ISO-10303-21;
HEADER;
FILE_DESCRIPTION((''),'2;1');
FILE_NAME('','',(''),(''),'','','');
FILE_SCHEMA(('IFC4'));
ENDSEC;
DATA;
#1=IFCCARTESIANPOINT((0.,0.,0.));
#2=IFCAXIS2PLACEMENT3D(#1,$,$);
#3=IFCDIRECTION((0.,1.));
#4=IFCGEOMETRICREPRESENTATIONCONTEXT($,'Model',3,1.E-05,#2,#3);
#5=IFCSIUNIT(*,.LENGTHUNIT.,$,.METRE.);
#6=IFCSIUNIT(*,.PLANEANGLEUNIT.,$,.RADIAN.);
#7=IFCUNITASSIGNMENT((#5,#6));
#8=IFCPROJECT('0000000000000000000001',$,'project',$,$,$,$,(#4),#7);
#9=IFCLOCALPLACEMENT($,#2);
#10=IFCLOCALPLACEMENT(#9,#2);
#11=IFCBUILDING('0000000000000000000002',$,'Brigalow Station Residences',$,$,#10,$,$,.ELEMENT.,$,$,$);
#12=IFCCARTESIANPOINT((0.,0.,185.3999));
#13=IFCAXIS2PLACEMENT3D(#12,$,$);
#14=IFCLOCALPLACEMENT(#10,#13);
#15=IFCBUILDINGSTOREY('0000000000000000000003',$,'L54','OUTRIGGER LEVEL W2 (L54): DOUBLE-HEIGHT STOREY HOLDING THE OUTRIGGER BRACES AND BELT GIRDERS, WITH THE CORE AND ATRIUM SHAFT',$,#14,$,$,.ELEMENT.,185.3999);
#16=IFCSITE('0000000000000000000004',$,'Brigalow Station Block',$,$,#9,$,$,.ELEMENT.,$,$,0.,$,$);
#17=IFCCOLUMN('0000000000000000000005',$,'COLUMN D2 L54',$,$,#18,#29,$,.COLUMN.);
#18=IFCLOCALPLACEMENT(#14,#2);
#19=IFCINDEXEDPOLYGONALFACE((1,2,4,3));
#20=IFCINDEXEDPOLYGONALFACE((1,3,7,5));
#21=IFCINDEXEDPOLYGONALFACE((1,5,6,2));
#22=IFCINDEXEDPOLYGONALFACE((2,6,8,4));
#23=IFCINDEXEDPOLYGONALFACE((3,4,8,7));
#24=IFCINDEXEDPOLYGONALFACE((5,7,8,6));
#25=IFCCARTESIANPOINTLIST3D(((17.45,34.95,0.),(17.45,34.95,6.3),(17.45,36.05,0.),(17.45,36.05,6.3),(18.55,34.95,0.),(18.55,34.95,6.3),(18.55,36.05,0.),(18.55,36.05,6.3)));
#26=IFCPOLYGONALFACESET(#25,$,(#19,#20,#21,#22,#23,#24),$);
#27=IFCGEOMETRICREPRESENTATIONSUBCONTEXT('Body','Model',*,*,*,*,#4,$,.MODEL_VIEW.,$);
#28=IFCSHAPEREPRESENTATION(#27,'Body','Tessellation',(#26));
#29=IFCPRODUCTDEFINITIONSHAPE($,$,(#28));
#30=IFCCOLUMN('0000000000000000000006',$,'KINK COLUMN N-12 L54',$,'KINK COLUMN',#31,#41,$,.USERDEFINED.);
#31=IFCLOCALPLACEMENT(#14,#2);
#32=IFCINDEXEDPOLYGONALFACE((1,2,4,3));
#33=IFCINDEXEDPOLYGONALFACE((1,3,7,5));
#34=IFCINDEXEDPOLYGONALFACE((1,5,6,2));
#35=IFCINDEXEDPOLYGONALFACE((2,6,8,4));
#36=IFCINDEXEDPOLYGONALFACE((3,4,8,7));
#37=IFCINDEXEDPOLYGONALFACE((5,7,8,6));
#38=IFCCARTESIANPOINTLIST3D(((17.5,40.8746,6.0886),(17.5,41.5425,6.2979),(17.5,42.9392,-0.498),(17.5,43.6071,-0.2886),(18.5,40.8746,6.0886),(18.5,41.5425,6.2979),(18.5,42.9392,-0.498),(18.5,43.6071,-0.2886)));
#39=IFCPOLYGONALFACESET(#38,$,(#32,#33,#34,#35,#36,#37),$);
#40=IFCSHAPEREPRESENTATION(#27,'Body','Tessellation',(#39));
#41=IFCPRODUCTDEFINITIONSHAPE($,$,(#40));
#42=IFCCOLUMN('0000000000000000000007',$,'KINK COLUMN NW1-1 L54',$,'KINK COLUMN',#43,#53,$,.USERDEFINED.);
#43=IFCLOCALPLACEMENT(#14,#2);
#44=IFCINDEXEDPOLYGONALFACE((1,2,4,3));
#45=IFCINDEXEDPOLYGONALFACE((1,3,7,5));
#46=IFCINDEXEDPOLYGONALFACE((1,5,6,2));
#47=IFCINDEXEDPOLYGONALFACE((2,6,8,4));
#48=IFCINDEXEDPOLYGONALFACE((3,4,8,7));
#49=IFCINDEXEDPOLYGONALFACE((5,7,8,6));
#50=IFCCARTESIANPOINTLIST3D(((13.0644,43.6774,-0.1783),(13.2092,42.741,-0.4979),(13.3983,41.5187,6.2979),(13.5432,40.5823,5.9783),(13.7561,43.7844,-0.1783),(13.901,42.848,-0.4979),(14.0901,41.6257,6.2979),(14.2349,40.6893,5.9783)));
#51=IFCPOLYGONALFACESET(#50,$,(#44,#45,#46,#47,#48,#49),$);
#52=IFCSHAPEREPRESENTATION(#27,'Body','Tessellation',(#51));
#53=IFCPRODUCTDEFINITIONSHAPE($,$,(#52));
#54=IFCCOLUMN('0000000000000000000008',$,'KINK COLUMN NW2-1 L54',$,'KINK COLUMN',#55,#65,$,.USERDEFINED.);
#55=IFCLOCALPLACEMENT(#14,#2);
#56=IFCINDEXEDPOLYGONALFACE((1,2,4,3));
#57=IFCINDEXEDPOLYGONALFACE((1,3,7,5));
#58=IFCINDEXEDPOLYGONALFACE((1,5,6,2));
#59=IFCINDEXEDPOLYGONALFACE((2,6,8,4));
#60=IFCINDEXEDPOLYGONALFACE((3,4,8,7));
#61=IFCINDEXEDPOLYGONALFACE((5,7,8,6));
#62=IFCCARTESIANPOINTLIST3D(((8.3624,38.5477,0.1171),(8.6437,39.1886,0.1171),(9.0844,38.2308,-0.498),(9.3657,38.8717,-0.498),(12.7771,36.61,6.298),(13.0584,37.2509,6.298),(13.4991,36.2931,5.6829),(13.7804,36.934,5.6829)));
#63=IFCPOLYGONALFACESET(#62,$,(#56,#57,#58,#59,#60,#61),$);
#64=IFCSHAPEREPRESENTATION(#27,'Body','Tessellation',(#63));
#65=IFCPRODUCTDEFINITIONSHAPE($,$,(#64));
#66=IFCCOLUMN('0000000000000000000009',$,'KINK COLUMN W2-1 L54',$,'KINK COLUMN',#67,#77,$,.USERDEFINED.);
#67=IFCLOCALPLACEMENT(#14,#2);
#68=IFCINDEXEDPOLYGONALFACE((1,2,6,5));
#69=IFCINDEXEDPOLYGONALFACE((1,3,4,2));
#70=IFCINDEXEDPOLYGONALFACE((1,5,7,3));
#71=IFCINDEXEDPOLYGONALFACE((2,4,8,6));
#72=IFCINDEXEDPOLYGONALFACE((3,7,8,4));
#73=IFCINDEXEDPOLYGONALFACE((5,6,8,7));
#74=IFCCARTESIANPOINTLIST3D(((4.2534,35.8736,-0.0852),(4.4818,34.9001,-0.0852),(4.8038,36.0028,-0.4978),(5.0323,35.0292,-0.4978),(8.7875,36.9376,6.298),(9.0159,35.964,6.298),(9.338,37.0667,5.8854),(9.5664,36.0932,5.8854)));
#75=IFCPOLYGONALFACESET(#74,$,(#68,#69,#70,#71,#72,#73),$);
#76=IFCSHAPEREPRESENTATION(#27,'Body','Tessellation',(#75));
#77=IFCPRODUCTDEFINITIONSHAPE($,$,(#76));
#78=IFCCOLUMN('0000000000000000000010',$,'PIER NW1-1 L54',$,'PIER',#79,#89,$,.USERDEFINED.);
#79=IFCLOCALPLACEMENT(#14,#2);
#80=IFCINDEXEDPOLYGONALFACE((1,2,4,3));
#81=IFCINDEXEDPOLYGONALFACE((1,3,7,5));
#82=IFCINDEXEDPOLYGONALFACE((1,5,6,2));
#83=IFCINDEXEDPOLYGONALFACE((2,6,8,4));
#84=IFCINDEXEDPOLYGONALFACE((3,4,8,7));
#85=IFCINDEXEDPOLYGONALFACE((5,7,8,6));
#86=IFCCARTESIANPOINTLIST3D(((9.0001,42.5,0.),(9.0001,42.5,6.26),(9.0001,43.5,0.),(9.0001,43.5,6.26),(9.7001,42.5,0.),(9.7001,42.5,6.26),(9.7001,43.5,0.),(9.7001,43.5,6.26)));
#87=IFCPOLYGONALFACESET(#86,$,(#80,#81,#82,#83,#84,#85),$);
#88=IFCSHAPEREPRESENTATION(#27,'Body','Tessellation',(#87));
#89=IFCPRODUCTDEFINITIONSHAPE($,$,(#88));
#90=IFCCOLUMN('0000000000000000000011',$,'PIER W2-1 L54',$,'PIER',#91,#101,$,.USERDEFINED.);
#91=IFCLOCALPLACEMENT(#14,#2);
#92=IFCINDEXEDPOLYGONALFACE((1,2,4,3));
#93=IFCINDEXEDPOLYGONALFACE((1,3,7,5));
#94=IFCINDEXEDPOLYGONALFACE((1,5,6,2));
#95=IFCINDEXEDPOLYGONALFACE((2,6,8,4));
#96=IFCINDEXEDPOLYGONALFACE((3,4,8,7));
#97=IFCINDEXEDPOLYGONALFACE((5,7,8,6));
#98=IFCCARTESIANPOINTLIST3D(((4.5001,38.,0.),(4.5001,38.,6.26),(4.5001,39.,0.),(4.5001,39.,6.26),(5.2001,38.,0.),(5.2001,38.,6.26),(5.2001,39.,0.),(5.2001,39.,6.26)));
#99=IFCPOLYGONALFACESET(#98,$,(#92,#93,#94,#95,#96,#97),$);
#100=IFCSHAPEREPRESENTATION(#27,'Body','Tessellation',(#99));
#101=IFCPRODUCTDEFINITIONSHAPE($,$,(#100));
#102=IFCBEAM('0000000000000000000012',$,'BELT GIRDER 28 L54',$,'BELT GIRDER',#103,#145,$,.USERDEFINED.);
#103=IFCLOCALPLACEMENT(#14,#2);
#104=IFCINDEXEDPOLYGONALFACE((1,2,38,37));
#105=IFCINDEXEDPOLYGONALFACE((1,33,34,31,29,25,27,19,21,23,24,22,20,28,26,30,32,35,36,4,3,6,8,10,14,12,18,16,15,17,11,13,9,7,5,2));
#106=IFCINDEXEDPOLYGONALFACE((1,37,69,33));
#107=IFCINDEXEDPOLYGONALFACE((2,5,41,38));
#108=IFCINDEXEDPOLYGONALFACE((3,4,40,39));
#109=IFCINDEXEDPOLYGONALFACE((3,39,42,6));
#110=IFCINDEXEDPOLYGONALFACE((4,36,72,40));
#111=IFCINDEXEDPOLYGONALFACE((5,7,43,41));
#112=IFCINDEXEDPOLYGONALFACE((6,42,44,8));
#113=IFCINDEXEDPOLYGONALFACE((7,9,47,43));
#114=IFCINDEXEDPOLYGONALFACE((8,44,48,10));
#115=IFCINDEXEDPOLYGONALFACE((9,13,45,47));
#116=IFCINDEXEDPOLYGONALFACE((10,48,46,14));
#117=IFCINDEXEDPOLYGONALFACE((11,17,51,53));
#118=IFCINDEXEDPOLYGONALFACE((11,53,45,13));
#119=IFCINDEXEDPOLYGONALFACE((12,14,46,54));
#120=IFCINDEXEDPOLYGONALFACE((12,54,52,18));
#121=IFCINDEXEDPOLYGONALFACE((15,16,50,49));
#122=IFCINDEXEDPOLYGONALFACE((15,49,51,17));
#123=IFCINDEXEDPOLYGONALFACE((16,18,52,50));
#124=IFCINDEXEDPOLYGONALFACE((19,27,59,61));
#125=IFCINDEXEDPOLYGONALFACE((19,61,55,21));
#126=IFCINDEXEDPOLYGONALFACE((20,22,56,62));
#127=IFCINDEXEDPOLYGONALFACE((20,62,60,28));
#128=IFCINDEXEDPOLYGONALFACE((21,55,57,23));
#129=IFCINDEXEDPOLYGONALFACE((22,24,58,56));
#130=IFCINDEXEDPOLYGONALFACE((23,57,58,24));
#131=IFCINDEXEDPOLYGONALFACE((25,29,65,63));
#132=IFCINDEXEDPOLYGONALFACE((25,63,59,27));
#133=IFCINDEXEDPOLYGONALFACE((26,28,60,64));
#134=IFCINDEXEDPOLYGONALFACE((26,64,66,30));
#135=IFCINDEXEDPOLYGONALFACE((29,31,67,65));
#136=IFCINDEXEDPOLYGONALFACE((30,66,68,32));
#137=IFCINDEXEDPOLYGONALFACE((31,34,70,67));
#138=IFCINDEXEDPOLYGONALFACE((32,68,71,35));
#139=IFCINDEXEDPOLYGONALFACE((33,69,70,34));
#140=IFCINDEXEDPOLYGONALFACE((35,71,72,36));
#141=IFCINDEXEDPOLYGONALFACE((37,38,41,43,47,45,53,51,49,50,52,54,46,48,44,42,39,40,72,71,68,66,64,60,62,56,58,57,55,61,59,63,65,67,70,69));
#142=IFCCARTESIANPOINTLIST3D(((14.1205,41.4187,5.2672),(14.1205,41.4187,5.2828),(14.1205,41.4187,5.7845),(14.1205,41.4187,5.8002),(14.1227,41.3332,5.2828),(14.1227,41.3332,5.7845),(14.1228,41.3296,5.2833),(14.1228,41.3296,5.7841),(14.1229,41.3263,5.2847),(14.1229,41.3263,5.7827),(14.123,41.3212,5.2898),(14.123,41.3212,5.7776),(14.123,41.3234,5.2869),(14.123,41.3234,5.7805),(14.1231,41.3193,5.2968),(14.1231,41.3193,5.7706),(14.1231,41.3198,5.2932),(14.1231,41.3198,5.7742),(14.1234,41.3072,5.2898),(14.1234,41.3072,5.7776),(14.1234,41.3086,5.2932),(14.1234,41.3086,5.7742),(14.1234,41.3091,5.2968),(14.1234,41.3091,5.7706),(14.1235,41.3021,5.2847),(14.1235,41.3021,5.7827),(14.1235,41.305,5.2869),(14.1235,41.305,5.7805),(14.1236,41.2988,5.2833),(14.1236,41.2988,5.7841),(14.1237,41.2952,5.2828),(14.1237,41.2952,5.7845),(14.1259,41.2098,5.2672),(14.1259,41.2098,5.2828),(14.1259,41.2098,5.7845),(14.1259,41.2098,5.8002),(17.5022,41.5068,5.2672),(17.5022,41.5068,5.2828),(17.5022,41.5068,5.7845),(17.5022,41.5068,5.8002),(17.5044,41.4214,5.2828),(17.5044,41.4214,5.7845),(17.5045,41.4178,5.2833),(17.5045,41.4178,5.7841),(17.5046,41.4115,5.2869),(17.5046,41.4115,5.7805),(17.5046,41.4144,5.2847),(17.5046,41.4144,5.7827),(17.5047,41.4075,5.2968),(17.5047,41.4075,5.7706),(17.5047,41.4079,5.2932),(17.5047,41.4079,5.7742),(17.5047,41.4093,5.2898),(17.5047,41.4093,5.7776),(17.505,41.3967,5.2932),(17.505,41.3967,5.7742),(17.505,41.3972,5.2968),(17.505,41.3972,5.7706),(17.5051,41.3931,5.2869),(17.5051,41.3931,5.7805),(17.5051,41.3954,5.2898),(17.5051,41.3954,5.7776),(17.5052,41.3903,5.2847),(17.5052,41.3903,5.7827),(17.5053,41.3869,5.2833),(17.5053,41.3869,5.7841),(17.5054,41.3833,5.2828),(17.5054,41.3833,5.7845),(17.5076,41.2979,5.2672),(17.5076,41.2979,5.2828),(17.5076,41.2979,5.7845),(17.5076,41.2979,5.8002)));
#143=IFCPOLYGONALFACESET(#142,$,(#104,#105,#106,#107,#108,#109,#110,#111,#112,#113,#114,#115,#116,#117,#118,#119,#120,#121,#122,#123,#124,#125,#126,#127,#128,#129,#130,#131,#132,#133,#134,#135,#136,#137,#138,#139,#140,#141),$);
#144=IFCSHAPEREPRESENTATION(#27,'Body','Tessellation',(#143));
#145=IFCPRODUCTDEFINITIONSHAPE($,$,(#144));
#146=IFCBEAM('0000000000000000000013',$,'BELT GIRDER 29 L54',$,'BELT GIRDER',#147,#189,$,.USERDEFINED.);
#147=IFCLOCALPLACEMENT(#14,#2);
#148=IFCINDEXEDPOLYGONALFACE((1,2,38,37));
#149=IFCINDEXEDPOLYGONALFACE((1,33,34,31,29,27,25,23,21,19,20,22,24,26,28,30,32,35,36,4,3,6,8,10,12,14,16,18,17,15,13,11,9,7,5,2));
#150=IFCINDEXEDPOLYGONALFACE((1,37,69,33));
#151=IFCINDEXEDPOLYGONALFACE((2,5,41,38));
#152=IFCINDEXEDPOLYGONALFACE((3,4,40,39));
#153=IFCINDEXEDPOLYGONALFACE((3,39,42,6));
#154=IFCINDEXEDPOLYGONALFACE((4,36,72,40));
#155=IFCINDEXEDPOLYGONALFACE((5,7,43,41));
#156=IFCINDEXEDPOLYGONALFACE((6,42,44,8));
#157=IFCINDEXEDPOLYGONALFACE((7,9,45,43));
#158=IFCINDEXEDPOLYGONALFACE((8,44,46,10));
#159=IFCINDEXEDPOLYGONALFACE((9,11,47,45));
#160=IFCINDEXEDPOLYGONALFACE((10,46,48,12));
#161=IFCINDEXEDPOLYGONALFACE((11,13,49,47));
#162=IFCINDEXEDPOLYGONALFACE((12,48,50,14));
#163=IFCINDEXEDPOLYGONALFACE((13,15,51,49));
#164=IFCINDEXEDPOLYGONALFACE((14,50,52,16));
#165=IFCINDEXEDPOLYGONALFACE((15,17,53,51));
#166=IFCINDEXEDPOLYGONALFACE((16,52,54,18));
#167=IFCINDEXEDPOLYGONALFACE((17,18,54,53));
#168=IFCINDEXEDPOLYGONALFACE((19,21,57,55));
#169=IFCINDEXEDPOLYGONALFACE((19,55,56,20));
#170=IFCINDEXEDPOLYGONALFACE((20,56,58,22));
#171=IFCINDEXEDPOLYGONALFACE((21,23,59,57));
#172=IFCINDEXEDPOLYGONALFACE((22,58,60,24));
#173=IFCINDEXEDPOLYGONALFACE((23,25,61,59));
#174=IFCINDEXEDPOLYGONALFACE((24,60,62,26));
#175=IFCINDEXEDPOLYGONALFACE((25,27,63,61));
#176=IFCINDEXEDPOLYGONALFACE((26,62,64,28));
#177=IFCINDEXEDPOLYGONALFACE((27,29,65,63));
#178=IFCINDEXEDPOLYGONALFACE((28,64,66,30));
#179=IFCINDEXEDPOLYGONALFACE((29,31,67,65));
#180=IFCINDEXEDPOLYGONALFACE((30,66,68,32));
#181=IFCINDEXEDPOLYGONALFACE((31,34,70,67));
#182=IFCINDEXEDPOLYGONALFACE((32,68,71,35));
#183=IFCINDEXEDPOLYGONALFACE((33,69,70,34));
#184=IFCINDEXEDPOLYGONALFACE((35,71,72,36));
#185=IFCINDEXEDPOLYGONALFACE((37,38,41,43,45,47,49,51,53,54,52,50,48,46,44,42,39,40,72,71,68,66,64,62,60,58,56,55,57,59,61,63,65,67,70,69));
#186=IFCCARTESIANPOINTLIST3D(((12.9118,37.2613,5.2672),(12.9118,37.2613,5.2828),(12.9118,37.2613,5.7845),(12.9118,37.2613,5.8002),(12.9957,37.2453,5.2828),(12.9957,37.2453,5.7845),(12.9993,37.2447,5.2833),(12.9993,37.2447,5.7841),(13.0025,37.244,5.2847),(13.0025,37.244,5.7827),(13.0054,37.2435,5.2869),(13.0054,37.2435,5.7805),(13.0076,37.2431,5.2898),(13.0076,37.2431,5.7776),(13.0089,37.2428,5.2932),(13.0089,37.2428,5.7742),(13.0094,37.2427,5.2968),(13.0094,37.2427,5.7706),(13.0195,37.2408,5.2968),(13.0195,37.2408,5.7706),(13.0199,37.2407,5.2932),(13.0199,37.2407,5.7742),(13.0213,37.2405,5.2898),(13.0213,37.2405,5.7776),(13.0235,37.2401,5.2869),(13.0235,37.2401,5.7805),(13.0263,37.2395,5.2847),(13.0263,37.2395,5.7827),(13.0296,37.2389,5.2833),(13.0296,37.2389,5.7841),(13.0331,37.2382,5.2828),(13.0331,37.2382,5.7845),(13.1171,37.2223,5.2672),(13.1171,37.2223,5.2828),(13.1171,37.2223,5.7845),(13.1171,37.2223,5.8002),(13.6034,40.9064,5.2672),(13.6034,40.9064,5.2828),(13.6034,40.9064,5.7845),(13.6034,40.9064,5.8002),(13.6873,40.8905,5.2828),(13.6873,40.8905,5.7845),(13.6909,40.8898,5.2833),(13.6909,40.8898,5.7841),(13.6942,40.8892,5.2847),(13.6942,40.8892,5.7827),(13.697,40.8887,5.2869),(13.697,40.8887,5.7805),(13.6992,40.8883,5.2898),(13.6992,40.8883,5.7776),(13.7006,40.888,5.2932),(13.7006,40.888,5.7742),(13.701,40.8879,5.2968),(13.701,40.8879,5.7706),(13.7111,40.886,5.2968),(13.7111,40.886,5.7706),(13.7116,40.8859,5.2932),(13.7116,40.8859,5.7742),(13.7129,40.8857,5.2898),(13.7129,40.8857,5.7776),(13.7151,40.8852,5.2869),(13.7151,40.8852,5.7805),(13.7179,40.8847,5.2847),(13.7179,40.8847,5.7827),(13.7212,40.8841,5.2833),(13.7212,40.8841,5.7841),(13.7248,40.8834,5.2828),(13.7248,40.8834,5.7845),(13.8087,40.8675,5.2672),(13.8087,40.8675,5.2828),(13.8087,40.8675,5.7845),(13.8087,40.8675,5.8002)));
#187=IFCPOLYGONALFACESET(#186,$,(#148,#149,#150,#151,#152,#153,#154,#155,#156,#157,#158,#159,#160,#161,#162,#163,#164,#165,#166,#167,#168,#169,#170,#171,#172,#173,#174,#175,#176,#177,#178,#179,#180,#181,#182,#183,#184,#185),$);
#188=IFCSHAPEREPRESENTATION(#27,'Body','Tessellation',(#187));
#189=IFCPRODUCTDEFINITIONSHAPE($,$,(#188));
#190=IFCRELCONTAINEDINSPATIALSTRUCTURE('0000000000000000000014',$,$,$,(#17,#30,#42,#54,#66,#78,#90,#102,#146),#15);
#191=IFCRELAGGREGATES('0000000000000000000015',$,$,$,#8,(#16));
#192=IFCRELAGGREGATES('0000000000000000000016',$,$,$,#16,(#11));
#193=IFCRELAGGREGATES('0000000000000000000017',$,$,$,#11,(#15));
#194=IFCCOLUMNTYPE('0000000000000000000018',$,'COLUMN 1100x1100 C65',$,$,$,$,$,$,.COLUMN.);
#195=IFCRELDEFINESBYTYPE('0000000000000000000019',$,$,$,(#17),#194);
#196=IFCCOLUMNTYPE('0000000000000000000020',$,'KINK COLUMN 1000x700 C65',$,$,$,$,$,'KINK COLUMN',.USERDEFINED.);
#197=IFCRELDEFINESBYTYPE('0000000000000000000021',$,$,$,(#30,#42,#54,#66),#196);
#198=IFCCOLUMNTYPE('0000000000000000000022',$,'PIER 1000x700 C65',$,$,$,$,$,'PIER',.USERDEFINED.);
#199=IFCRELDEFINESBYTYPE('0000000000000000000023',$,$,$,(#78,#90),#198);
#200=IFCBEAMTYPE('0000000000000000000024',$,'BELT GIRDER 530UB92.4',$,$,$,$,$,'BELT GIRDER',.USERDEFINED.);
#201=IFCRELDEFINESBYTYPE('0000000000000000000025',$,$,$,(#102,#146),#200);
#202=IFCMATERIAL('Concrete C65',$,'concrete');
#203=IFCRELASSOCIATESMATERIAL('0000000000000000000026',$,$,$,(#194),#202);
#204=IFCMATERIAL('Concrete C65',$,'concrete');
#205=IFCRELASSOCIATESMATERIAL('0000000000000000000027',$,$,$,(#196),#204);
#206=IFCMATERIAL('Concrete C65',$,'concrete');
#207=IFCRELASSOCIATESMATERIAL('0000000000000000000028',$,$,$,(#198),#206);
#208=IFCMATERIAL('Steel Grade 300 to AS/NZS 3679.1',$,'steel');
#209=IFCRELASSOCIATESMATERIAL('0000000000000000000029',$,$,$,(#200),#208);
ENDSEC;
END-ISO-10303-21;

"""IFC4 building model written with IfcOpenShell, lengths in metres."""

from ifc_helpers import new_model, si_unit, direction, frame, origin, origin_2d, place, context, subcontext, project, spatial, rectangle, i_section, extrude, material, material_profile, profile_set, type_object, element, save


model = new_model("IFC4")

# Units and contexts
model_context = context("Model", 3, precision=1e-05, world=origin(), true_north=direction((0.0, 1.0)))
body_context = subcontext(model_context, "Body", "Model", "MODEL_VIEW")
ifc_project = project(units=[si_unit("LENGTHUNIT", "METRE"), si_unit("PLANEANGLEUNIT", "RADIAN")], contexts=[model_context])

# Site, building, storey
site_placement = place(None, origin())
site = spatial("IfcSite", under=ifc_project, at=site_placement, Name="Brigalow Station Block", CompositionType="ELEMENT", RefElevation=0.0)
building_placement = place(site_placement, origin())
building = spatial("IfcBuilding", under=site, at=building_placement, Name="Brigalow Station Residences", CompositionType="ELEMENT")
storey_placement = place(building_placement, frame((0.0, 0.0, 185.3999)))
storey = spatial("IfcBuildingStorey", under=building, at=storey_placement, Name="L54", Description="OUTRIGGER LEVEL W2 (L54): DOUBLE-HEIGHT STOREY HOLDING THE OUTRIGGER BRACES AND BELT GIRDERS, WITH THE CORE AND ATRIUM SHAFT", CompositionType="ELEMENT", Elevation=185.3999)

# Columns
ifc_material_1 = material(Name="Concrete C65", Category="concrete")
ifc_material_profile_1 = material_profile(ifc_material_1, rectangle(XDim=1.1001, YDim=1.1001, at=origin_2d()), Name="RC1100x1100")
ifc_profile_set_1 = profile_set([ifc_material_profile_1], Name="Concrete C65")
column_type_1 = type_object("IfcColumnType", Name="COLUMN 1100x1100 C65", PredefinedType="COLUMN", material=ifc_profile_set_1)
column_1_placement = place(storey_placement, frame((18.0, 35.5, 0.0), z_axis=(0.0, 0.0, 1.0), x_axis=(1.0, 0.0, 0.0)))
element("IfcColumn", 1, at=column_1_placement, inside=storey, type_object=column_type_1, Name="COLUMN D2 L54", PredefinedType="COLUMN", context=body_context, shape_type="SweptSolid", body=[
    extrude(rectangle(XDim=1.1001, YDim=1.1001, at=origin_2d()), origin(), (0.0, 0.0, 1.0), 6.3),
])
ifc_material_2 = material(Name="Concrete C65", Category="concrete")
ifc_material_profile_2 = material_profile(ifc_material_2, rectangle(XDim=1.0, YDim=0.7, at=origin_2d()), Name="RC1000x700")
ifc_profile_set_2 = profile_set([ifc_material_profile_2], Name="Concrete C65")
column_type_2 = type_object("IfcColumnType", Name="KINK COLUMN 1000x700 C65", ElementType="KINK COLUMN", PredefinedType="USERDEFINED", material=ifc_profile_set_2)
column_2_placement = place(storey_placement, frame((18.0, 43.2732, -0.3933), z_axis=(0.0, -0.299115, 0.954217), x_axis=(1.0, 0.0, 0.0)))
element("IfcColumn", 2, at=column_2_placement, inside=storey, type_object=column_type_2, Name="KINK COLUMN N-12 L54", ObjectType="KINK COLUMN", PredefinedType="USERDEFINED", context=body_context, shape_type="SweptSolid", body=[
    extrude(rectangle(XDim=1.0, YDim=0.7, at=origin_2d()), origin(), (0.0, 0.0, 1.0), 6.9026),
])
column_3_placement = place(storey_placement, frame((13.4827, 43.2627, -0.3381), z_axis=(0.048865, -0.315839, 0.947554), x_axis=(-0.144878, 0.936412, 0.319597)))
element("IfcColumn", 3, at=column_3_placement, inside=storey, type_object=column_type_2, Name="KINK COLUMN NW1-1 L54", ObjectType="KINK COLUMN", PredefinedType="USERDEFINED", context=body_context, shape_type="SweptSolid", body=[
    extrude(rectangle(XDim=1.0, YDim=0.7, at=origin_2d()), origin(), (0.0, 0.0, 1.0), 6.8347),
])
column_4_placement = place(storey_placement, frame((8.864, 38.7097, -0.1904), z_axis=(0.563188, -0.247195, 0.788488), x_axis=(-0.722002, 0.316902, 0.61505)))
element("IfcColumn", 4, at=column_4_placement, inside=storey, type_object=column_type_2, Name="KINK COLUMN NW2-1 L54", ObjectType="KINK COLUMN", PredefinedType="USERDEFINED", context=body_context, shape_type="SweptSolid", body=[
    extrude(rectangle(XDim=1.0, YDim=0.7, at=origin_2d()), origin(), (0.0, 0.0, 1.0), 7.8389),
])
column_5_placement = place(storey_placement, frame((4.6428, 35.4514, -0.2915), z_axis=(0.573821, 0.13465, 0.807836), x_axis=(-0.228449, 0.973556, 0.0)))
element("IfcColumn", 5, at=column_5_placement, inside=storey, type_object=column_type_2, Name="KINK COLUMN W2-1 L54", ObjectType="KINK COLUMN", PredefinedType="USERDEFINED", context=body_context, shape_type="SweptSolid", body=[
    extrude(rectangle(XDim=1.0, YDim=0.7, at=origin_2d()), origin(), (0.0, 0.0, 1.0), 7.9016),
])
ifc_material_3 = material(Name="Concrete C65", Category="concrete")
ifc_material_profile_3 = material_profile(ifc_material_3, rectangle(XDim=1.0, YDim=0.7, at=origin_2d()), Name="RC1000x700")
ifc_profile_set_3 = profile_set([ifc_material_profile_3], Name="Concrete C65")
column_type_3 = type_object("IfcColumnType", Name="PIER 1000x700 C65", ElementType="PIER", PredefinedType="USERDEFINED", material=ifc_profile_set_3)
for number, where, z_axis, x_axis, name in (
    (6, (9.3501, 43.0, 0.0), (0.0, 0.0, 1.0), (0.0, -1.0, 0.0), "PIER NW1-1 L54"),
    (7, (4.8501, 38.5, 0.0), (0.0, 0.0, 1.0), (0.0, -1.0, 0.0), "PIER W2-1 L54"),
):
    element("IfcColumn", number, at=place(storey_placement, frame(where, z_axis=z_axis, x_axis=x_axis)), inside=storey, type_object=column_type_3, Name=name, ObjectType="PIER", PredefinedType="USERDEFINED", context=body_context, shape_type="SweptSolid", body=[
        extrude(rectangle(XDim=1.0, YDim=0.7, at=origin_2d()), origin(), (0.0, 0.0, 1.0), 6.26),
    ])

# Beams
ifc_material_4 = material(Name="Steel Grade 300 to AS/NZS 3679.1", Category="steel")
ifc_material_profile_4 = material_profile(ifc_material_4, i_section(OverallWidth=0.209, OverallDepth=0.533, WebThickness=0.0103, FlangeThickness=0.0156, FilletRadius=0.0139, at=origin_2d()), Name="530UB92.4")
ifc_profile_set_4 = profile_set([ifc_material_profile_4], Name="Steel Grade 300 to AS/NZS 3679.1")
beam_type = type_object("IfcBeamType", Name="BELT GIRDER 530UB92.4", ElementType="BELT GIRDER", PredefinedType="USERDEFINED", material=ifc_profile_set_4)
beam_1_placement = place(storey_placement, frame((17.5049, 41.4023, 5.5337), z_axis=(-0.999661, -0.026054, 0.0), x_axis=(0.026054, -0.999661, 0.0)))
element("IfcBeam", 8, at=beam_1_placement, inside=storey, type_object=beam_type, Name="BELT GIRDER 28 L54", ObjectType="BELT GIRDER", PredefinedType="USERDEFINED", context=body_context, shape_type="SweptSolid", body=[
    extrude(i_section(OverallWidth=0.209, OverallDepth=0.533, WebThickness=0.0103, FlangeThickness=0.0156, FilletRadius=0.0139, at=origin_2d()), origin(), (0.0, 0.0, 1.0), 3.3828),
])
beam_2_placement = place(storey_placement, frame((13.7061, 40.887, 5.5337), z_axis=(-0.186414, -0.982471, 0.0), x_axis=(0.982471, -0.186414, 0.0)))
element("IfcBeam", 9, at=beam_2_placement, inside=storey, type_object=beam_type, Name="BELT GIRDER 29 L54", ObjectType="BELT GIRDER", PredefinedType="USERDEFINED", context=body_context, shape_type="SweptSolid", body=[
    extrude(i_section(OverallWidth=0.209, OverallDepth=0.533, WebThickness=0.0103, FlangeThickness=0.0156, FilletRadius=0.0139, at=origin_2d()), origin(), (0.0, 0.0, 1.0), 3.7102),
])

save(model, "model.ifc")
